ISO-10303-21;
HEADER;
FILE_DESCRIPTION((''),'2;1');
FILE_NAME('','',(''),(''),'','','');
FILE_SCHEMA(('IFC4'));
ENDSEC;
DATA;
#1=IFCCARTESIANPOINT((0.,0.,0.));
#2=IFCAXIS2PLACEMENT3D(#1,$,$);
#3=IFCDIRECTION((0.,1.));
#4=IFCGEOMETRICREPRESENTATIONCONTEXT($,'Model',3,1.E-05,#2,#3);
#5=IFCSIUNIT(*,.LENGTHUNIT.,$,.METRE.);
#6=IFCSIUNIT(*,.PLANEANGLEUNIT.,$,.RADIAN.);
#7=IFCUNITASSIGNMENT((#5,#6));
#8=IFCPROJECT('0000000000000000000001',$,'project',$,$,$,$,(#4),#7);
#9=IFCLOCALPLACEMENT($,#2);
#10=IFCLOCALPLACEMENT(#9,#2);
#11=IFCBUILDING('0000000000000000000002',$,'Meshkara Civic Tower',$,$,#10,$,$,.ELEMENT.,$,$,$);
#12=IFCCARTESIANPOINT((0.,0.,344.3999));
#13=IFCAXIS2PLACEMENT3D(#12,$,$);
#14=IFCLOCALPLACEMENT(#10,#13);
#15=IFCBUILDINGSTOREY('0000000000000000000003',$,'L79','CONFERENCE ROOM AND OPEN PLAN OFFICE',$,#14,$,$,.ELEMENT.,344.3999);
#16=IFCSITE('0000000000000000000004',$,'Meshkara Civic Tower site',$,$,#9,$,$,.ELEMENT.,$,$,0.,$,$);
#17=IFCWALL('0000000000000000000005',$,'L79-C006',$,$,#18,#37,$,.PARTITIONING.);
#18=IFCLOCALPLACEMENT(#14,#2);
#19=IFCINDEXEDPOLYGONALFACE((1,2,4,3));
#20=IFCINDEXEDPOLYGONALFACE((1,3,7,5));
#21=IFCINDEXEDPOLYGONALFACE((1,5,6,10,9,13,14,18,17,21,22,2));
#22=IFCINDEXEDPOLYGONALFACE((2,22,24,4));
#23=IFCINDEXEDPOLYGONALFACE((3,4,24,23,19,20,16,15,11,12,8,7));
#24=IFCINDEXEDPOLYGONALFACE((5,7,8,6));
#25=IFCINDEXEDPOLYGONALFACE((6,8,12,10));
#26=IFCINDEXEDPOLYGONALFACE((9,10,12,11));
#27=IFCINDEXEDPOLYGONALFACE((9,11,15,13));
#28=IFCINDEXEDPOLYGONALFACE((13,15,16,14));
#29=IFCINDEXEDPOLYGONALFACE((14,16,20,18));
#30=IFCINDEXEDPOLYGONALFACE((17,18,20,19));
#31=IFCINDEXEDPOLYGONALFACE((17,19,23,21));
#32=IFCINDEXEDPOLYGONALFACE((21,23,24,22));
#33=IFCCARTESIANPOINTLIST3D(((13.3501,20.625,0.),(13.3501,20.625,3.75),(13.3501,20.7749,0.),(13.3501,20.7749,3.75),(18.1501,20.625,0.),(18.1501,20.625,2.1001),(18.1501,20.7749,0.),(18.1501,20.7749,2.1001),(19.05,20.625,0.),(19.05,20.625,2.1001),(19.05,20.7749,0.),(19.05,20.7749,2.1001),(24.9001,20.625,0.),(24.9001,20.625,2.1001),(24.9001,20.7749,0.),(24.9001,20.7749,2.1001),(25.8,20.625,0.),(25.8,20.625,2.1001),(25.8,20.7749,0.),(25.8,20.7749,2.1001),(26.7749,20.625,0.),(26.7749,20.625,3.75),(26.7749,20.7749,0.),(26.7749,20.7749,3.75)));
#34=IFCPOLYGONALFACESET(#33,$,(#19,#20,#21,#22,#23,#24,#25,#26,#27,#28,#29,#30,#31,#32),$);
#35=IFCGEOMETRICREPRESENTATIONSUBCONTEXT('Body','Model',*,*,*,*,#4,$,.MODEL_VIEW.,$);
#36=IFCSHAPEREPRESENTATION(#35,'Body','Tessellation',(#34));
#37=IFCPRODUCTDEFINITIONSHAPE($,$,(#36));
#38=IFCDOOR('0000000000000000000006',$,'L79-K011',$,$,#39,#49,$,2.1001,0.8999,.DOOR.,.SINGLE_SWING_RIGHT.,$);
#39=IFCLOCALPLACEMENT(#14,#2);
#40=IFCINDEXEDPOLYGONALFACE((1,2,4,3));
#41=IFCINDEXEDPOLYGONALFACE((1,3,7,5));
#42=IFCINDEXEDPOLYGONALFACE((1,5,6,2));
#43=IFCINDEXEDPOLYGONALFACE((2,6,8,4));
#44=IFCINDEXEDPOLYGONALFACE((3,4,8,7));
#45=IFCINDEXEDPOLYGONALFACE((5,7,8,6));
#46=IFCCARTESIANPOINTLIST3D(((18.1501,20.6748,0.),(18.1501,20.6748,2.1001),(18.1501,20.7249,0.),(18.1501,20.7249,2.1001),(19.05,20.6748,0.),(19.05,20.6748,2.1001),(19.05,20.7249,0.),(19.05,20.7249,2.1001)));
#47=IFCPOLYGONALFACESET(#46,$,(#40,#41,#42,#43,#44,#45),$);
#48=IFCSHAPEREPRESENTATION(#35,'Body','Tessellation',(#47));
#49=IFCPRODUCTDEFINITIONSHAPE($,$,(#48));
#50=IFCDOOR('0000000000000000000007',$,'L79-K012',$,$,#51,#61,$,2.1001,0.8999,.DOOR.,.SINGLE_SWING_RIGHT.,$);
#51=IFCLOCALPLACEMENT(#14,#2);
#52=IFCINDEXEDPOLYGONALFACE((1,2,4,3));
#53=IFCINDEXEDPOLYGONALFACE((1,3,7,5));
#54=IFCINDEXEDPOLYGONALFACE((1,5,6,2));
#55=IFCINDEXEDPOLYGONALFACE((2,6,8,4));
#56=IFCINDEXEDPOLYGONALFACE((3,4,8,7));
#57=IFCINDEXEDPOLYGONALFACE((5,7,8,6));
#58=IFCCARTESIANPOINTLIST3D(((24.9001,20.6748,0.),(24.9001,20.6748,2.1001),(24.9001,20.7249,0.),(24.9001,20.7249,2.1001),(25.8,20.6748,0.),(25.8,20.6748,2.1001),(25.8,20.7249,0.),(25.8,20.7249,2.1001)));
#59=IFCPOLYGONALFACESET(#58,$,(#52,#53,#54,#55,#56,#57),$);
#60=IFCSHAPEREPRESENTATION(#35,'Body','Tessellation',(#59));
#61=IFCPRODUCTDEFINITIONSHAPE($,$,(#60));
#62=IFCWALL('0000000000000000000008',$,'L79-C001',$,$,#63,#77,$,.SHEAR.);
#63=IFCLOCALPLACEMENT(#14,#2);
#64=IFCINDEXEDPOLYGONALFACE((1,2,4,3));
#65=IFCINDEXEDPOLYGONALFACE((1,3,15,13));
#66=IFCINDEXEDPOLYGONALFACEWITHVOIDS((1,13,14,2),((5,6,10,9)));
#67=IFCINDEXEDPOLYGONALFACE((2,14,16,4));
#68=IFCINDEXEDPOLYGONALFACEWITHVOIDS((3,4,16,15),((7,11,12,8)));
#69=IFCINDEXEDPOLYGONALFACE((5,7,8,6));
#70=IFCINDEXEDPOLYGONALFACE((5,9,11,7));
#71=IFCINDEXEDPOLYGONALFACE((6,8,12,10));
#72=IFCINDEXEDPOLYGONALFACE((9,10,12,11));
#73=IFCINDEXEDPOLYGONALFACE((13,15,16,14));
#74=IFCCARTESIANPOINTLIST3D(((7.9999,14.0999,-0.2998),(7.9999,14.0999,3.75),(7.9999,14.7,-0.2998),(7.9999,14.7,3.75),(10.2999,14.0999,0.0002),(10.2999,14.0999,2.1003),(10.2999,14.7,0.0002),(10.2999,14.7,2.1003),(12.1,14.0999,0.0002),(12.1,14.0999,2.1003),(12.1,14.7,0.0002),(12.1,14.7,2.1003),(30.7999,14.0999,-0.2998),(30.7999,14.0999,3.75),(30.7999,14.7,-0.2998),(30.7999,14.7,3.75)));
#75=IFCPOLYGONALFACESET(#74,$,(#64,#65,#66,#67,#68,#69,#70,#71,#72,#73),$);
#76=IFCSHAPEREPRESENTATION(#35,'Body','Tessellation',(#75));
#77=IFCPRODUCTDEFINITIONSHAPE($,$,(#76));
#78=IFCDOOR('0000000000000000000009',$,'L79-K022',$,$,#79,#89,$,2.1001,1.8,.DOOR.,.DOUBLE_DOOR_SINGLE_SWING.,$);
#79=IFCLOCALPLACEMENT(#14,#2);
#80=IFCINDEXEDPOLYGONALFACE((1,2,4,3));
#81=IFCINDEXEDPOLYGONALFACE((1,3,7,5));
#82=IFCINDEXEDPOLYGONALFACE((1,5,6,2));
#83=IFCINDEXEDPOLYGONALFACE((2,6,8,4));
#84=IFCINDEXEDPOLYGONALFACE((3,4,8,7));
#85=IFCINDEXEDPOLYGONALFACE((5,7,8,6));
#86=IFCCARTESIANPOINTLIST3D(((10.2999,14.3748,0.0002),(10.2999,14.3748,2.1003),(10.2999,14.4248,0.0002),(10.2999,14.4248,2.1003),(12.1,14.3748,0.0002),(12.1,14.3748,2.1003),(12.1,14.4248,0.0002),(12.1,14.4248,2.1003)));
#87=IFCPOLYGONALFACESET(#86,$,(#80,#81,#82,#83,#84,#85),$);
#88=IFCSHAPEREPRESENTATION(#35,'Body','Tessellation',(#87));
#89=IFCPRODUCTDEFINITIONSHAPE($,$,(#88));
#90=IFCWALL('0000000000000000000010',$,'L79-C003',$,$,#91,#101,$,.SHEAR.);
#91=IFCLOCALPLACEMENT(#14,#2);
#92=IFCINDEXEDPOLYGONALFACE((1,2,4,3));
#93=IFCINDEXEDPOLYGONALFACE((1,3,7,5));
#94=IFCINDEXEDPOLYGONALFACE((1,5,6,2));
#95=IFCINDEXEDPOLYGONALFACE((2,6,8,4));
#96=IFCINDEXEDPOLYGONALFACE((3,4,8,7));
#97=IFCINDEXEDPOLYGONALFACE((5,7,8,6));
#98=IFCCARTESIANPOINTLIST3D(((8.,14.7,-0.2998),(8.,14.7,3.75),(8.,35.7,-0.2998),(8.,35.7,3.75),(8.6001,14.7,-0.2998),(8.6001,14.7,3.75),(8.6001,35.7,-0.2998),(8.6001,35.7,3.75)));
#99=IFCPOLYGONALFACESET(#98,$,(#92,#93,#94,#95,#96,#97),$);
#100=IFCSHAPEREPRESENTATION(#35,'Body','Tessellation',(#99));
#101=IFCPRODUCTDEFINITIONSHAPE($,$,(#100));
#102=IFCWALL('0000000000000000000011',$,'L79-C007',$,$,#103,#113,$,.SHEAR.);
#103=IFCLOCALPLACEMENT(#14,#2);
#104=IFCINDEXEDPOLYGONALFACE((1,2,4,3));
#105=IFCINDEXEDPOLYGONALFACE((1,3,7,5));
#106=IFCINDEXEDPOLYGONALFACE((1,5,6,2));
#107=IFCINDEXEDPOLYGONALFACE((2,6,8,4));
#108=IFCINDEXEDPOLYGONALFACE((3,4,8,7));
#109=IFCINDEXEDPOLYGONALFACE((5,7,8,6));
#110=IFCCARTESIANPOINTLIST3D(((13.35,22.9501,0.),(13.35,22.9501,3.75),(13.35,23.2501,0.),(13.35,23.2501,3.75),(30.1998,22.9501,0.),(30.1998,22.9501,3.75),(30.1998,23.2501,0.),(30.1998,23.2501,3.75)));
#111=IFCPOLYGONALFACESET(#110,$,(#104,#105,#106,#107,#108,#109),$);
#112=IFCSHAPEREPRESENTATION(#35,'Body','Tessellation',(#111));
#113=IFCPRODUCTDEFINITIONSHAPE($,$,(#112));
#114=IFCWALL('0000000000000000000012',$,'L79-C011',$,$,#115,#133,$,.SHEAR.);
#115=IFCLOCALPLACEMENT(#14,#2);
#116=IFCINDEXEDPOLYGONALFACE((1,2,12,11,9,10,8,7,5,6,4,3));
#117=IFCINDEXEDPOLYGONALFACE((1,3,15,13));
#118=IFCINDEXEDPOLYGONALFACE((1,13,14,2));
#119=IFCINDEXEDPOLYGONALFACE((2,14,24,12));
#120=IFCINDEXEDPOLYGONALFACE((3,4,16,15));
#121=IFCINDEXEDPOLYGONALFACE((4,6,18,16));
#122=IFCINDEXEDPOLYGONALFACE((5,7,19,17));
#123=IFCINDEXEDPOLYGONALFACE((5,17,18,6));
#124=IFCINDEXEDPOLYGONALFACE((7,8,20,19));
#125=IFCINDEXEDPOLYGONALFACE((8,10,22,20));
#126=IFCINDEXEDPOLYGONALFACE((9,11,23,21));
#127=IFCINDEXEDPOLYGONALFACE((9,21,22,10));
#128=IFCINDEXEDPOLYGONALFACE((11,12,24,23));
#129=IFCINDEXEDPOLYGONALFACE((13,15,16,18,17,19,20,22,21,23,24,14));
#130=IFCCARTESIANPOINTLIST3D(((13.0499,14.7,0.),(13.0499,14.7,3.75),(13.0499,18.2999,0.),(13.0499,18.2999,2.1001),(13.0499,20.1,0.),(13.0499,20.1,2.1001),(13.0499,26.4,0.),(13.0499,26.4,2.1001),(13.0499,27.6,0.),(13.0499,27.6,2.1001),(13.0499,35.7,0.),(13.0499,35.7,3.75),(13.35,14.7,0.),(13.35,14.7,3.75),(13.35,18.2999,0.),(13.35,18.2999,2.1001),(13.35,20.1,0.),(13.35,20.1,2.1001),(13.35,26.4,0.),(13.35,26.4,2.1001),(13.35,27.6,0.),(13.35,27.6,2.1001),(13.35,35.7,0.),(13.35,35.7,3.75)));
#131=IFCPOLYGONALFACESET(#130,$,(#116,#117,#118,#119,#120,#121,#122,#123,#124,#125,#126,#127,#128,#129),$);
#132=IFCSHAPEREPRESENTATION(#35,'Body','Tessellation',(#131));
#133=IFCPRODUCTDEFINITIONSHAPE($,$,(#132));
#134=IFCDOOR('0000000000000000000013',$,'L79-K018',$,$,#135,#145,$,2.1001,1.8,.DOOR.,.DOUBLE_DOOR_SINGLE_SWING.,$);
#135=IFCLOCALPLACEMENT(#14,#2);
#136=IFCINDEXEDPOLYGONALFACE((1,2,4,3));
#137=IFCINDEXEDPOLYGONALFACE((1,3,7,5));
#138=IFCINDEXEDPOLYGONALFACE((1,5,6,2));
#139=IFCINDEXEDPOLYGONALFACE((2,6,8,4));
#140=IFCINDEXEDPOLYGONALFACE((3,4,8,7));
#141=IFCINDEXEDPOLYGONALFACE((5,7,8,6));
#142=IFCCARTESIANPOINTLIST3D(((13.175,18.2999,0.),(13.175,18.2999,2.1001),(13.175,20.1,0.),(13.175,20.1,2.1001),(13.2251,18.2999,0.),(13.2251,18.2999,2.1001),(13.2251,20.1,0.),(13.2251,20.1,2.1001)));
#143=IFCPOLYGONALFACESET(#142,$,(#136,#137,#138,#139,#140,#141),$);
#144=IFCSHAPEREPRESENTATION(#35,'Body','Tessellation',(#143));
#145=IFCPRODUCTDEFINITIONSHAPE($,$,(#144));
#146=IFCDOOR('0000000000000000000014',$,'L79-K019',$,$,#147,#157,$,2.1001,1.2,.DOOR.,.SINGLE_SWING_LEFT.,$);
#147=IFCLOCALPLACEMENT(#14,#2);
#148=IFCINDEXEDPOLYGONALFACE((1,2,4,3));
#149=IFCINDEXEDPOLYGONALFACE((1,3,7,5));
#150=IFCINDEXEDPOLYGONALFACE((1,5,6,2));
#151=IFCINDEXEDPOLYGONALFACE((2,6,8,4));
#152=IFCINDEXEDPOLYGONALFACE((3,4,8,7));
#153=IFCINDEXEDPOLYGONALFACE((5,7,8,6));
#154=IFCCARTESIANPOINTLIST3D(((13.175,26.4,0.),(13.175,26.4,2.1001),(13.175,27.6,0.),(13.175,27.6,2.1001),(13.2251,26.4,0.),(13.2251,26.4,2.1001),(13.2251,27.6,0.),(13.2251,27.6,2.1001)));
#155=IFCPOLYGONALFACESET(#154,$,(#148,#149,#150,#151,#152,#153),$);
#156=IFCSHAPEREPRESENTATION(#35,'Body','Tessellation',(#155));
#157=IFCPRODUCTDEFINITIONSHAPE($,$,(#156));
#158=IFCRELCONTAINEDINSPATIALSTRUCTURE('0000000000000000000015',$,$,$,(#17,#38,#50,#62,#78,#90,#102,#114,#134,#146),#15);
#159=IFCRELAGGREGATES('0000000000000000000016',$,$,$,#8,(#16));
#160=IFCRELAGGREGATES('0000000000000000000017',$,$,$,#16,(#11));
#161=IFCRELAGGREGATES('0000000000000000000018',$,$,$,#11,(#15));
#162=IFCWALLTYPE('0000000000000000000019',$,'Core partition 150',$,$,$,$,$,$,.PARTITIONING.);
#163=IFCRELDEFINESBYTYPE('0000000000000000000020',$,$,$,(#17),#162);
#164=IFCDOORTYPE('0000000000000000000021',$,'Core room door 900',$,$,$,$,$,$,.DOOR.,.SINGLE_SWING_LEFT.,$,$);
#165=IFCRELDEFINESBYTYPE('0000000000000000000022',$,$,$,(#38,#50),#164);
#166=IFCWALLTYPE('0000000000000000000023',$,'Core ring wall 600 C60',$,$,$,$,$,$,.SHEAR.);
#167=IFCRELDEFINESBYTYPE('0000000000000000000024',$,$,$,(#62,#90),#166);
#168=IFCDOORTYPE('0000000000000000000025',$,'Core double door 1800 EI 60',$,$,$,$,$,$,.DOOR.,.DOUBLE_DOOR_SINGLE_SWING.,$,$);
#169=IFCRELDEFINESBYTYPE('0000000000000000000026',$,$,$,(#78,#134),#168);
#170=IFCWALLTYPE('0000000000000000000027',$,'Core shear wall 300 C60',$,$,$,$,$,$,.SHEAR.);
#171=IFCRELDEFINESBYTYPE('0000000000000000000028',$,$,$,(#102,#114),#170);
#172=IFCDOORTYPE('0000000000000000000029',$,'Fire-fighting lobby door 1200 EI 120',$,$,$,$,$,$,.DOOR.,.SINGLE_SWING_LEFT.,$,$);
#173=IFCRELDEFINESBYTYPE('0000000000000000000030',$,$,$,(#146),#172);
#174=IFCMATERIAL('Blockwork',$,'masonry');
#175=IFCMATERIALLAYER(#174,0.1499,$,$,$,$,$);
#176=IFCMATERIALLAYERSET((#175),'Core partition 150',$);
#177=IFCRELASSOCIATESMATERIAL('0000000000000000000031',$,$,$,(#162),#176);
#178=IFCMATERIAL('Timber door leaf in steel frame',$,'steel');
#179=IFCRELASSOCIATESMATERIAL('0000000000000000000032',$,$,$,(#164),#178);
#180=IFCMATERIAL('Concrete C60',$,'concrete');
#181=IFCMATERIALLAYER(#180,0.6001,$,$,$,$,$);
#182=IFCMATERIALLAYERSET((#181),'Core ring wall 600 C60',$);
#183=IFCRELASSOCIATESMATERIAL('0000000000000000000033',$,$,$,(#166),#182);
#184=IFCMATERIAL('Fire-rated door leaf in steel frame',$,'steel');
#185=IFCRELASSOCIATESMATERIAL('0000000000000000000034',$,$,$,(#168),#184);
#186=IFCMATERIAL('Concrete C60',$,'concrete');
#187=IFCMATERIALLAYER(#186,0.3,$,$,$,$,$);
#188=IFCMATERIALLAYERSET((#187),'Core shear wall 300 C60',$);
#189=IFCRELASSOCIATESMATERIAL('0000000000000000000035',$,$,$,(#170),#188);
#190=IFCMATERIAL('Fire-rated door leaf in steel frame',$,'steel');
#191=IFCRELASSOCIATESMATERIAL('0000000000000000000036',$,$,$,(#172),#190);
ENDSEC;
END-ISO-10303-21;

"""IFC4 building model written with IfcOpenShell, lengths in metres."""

from ifc_helpers import new_model, si_unit, direction, frame, frame_2d, origin, place, context, subcontext, project, spatial, rectangle, extrude, material, layer, layer_set, type_object, element, fill, save


model = new_model("IFC4")

# Units and contexts
model_context = context("Model", 3, precision=1e-05, world=origin(), true_north=direction((0.0, 1.0)))
body_context = subcontext(model_context, "Body", "Model", "MODEL_VIEW")
ifc_project = project(units=[si_unit("LENGTHUNIT", "METRE"), si_unit("PLANEANGLEUNIT", "RADIAN")], contexts=[model_context])

# Site, building, storey
site_placement = place(None, origin())
site = spatial("IfcSite", under=ifc_project, at=site_placement, Name="Meshkara Civic Tower site", CompositionType="ELEMENT", RefElevation=0.0)
building_placement = place(site_placement, origin())
building = spatial("IfcBuilding", under=site, at=building_placement, Name="Meshkara Civic Tower", CompositionType="ELEMENT")
storey_placement = place(building_placement, frame((0.0, 0.0, 344.3999)))
storey = spatial("IfcBuildingStorey", under=building, at=storey_placement, Name="L79", Description="CONFERENCE ROOM AND OPEN PLAN OFFICE", CompositionType="ELEMENT", Elevation=344.3999)

# Wall, openings, doors
ifc_material_1 = material(Name="Blockwork", Category="masonry")
ifc_layer_1 = layer(ifc_material_1, 0.1499)
ifc_layer_set_1 = layer_set([ifc_layer_1], Name="Core partition 150")
wall_type_1 = type_object("IfcWallType", Name="Core partition 150", PredefinedType="PARTITIONING", material=ifc_layer_set_1)
wall_1_placement = place(storey_placement, frame((13.3501, 20.7, 0.0), z_axis=(0.0, 0.0, 1.0), x_axis=(1.0, 0.0, 0.0)))
wall_1 = element("IfcWall", 1, at=wall_1_placement, inside=storey, type_object=wall_type_1, Name="L79-C006", PredefinedType="PARTITIONING", context=body_context, shape_type="SweptSolid", body=[
    extrude(rectangle(XDim=13.4248, YDim=0.1499, at=frame_2d((6.7124, 0.0))), origin(), (0.0, 0.0, 1.0), 3.75),
])
opening_1_placement = place(wall_1_placement, frame((4.8, 0.0, 0.0)))
opening_1 = element("IfcOpeningElement", 2, at=opening_1_placement, cuts=wall_1, PredefinedType="OPENING", context=body_context, shape_type="SweptSolid", body=[
    extrude(rectangle(XDim=0.8999, YDim=2.1001, at=frame_2d((0.45, 1.05))), frame((0.0, 0.085, 0.0), z_axis=(0.0, -1.0, 0.0), x_axis=(1.0, 0.0, 0.0)), (0.0, 0.0, 1.0), 0.1699),
])
opening_2_placement = place(wall_1_placement, frame((11.55, 0.0, 0.0)))
opening_2 = element("IfcOpeningElement", 3, at=opening_2_placement, cuts=wall_1, PredefinedType="OPENING", context=body_context, shape_type="SweptSolid", body=[
    extrude(rectangle(XDim=0.8999, YDim=2.1001, at=frame_2d((0.45, 1.05))), frame((0.0, 0.085, 0.0), z_axis=(0.0, -1.0, 0.0), x_axis=(1.0, 0.0, 0.0)), (0.0, 0.0, 1.0), 0.1699),
])
ifc_material_2 = material(Name="Timber door leaf in steel frame", Category="steel")
door_type_1 = type_object("IfcDoorType", Name="Core room door 900", OperationType="SINGLE_SWING_LEFT", PredefinedType="DOOR", material=ifc_material_2)
door_1_placement = place(opening_1_placement, origin())
door_1 = element("IfcDoor", 4, at=door_1_placement, inside=storey, type_object=door_type_1, Name="L79-K011", OperationType="SINGLE_SWING_RIGHT", OverallHeight=2.1001, OverallWidth=0.8999, PredefinedType="DOOR", context=body_context, shape_type="SweptSolid", body=[
    extrude(rectangle(XDim=0.8999, YDim=2.1001, at=frame_2d((0.45, 1.05))), frame((0.0, 0.0249, 0.0), z_axis=(0.0, -1.0, 0.0), x_axis=(1.0, 0.0, 0.0)), (0.0, 0.0, 1.0), 0.05),
])
fill(opening_1, door_1)
door_2_placement = place(opening_2_placement, origin())
door_2 = element("IfcDoor", 5, at=door_2_placement, inside=storey, type_object=door_type_1, Name="L79-K012", OperationType="SINGLE_SWING_RIGHT", OverallHeight=2.1001, OverallWidth=0.8999, PredefinedType="DOOR", context=body_context, shape_type="SweptSolid", body=[
    extrude(rectangle(XDim=0.8999, YDim=2.1001, at=frame_2d((0.45, 1.05))), frame((0.0, 0.0249, 0.0), z_axis=(0.0, -1.0, 0.0), x_axis=(1.0, 0.0, 0.0)), (0.0, 0.0, 1.0), 0.05),
])
fill(opening_2, door_2)

# Wall, opening, door
ifc_material_3 = material(Name="Concrete C60", Category="concrete")
ifc_layer_2 = layer(ifc_material_3, 0.6001)
ifc_layer_set_2 = layer_set([ifc_layer_2], Name="Core ring wall 600 C60")
wall_type_2 = type_object("IfcWallType", Name="Core ring wall 600 C60", PredefinedType="SHEAR", material=ifc_layer_set_2)
wall_2_placement = place(storey_placement, frame((8.0, 14.3999, -0.2998), z_axis=(0.0, 0.0, 1.0), x_axis=(1.0, 0.0, 0.0)))
wall_2 = element("IfcWall", 6, at=wall_2_placement, inside=storey, type_object=wall_type_2, Name="L79-C001", PredefinedType="SHEAR", context=body_context, shape_type="SweptSolid", body=[
    extrude(rectangle(XDim=22.8, YDim=0.6001, at=frame_2d((11.3999, 0.0))), origin(), (0.0, 0.0, 1.0), 4.0498),
])
opening_3_placement = place(wall_2_placement, frame((2.3, 0.0, 0.3)))
opening_3 = element("IfcOpeningElement", 7, at=opening_3_placement, cuts=wall_2, PredefinedType="OPENING", context=body_context, shape_type="SweptSolid", body=[
    extrude(rectangle(XDim=1.8, YDim=2.1001, at=frame_2d((0.8999, 1.05))), frame((0.0, 0.3101, 0.0), z_axis=(0.0, -1.0, 0.0), x_axis=(1.0, 0.0, 0.0)), (0.0, 0.0, 1.0), 0.6201),
])
ifc_material_4 = material(Name="Fire-rated door leaf in steel frame", Category="steel")
door_type_2 = type_object("IfcDoorType", Name="Core double door 1800 EI 60", OperationType="DOUBLE_DOOR_SINGLE_SWING", PredefinedType="DOOR", material=ifc_material_4)
door_3_placement = place(opening_3_placement, origin())
door_3 = element("IfcDoor", 8, at=door_3_placement, inside=storey, type_object=door_type_2, Name="L79-K022", OperationType="DOUBLE_DOOR_SINGLE_SWING", OverallHeight=2.1001, OverallWidth=1.8, PredefinedType="DOOR", context=body_context, shape_type="SweptSolid", body=[
    extrude(rectangle(XDim=1.8, YDim=2.1001, at=frame_2d((0.8999, 1.05))), frame((0.0, 0.0249, 0.0), z_axis=(0.0, -1.0, 0.0), x_axis=(1.0, 0.0, 0.0)), (0.0, 0.0, 1.0), 0.05),
])
fill(opening_3, door_3)

# Walls
wall_3_placement = place(storey_placement, frame((8.3, 14.7, -0.2998), z_axis=(0.0, 0.0, 1.0), x_axis=(0.0, 1.0, 0.0)))
element("IfcWall", 9, at=wall_3_placement, inside=storey, type_object=wall_type_2, Name="L79-C003", PredefinedType="SHEAR", context=body_context, shape_type="SweptSolid", body=[
    extrude(rectangle(XDim=21.0, YDim=0.6001, at=frame_2d((10.5, 0.0))), origin(), (0.0, 0.0, 1.0), 4.0498),
])
ifc_material_5 = material(Name="Concrete C60", Category="concrete")
ifc_layer_3 = layer(ifc_material_5, 0.3)
ifc_layer_set_3 = layer_set([ifc_layer_3], Name="Core shear wall 300 C60")
wall_type_3 = type_object("IfcWallType", Name="Core shear wall 300 C60", PredefinedType="SHEAR", material=ifc_layer_set_3)
wall_4_placement = place(storey_placement, frame((13.3501, 23.1001, 0.0), z_axis=(0.0, 0.0, 1.0), x_axis=(1.0, 0.0, 0.0)))
element("IfcWall", 10, at=wall_4_placement, inside=storey, type_object=wall_type_3, Name="L79-C007", PredefinedType="SHEAR", context=body_context, shape_type="SweptSolid", body=[
    extrude(rectangle(XDim=16.8499, YDim=0.3, at=frame_2d((8.4248, 0.0))), origin(), (0.0, 0.0, 1.0), 3.75),
])

# Wall, openings, doors
wall_5_placement = place(storey_placement, frame((13.2, 14.7, 0.0), z_axis=(0.0, 0.0, 1.0), x_axis=(0.0, 1.0, 0.0)))
wall_5 = element("IfcWall", 11, at=wall_5_placement, inside=storey, type_object=wall_type_3, Name="L79-C011", PredefinedType="SHEAR", context=body_context, shape_type="SweptSolid", body=[
    extrude(rectangle(XDim=21.0, YDim=0.3, at=frame_2d((10.5, 0.0))), origin(), (0.0, 0.0, 1.0), 3.75),
])
opening_4_placement = place(wall_5_placement, frame((3.6001, 0.0, 0.0)))
opening_4 = element("IfcOpeningElement", 12, at=opening_4_placement, cuts=wall_5, PredefinedType="OPENING", context=body_context, shape_type="SweptSolid", body=[
    extrude(rectangle(XDim=1.8, YDim=2.1001, at=frame_2d((0.8999, 1.05))), frame((0.0, 0.1599, 0.0), z_axis=(0.0, -1.0, 0.0), x_axis=(1.0, 0.0, 0.0)), (0.0, 0.0, 1.0), 0.3201),
])
opening_5_placement = place(wall_5_placement, frame((11.7, 0.0, 0.0)))
opening_5 = element("IfcOpeningElement", 13, at=opening_5_placement, cuts=wall_5, PredefinedType="OPENING", context=body_context, shape_type="SweptSolid", body=[
    extrude(rectangle(XDim=1.2, YDim=2.1001, at=frame_2d((0.6001, 1.05))), frame((0.0, 0.1599, 0.0), z_axis=(0.0, -1.0, 0.0), x_axis=(1.0, 0.0, 0.0)), (0.0, 0.0, 1.0), 0.3201),
])
door_4_placement = place(opening_4_placement, origin())
door_4 = element("IfcDoor", 14, at=door_4_placement, inside=storey, type_object=door_type_2, Name="L79-K018", OperationType="DOUBLE_DOOR_SINGLE_SWING", OverallHeight=2.1001, OverallWidth=1.8, PredefinedType="DOOR", context=body_context, shape_type="SweptSolid", body=[
    extrude(rectangle(XDim=1.8, YDim=2.1001, at=frame_2d((0.8999, 1.05))), frame((0.0, 0.0249, 0.0), z_axis=(0.0, -1.0, 0.0), x_axis=(1.0, 0.0, 0.0)), (0.0, 0.0, 1.0), 0.05),
])
fill(opening_4, door_4)
ifc_material_6 = material(Name="Fire-rated door leaf in steel frame", Category="steel")
door_type_3 = type_object("IfcDoorType", Name="Fire-fighting lobby door 1200 EI 120", OperationType="SINGLE_SWING_LEFT", PredefinedType="DOOR", material=ifc_material_6)
door_5_placement = place(opening_5_placement, origin())
door_5 = element("IfcDoor", 15, at=door_5_placement, inside=storey, type_object=door_type_3, Name="L79-K019", OperationType="SINGLE_SWING_LEFT", OverallHeight=2.1001, OverallWidth=1.2, PredefinedType="DOOR", context=body_context, shape_type="SweptSolid", body=[
    extrude(rectangle(XDim=1.2, YDim=2.1001, at=frame_2d((0.6001, 1.05))), frame((0.0, 0.0249, 0.0), z_axis=(0.0, -1.0, 0.0), x_axis=(1.0, 0.0, 0.0)), (0.0, 0.0, 1.0), 0.05),
])
fill(opening_5, door_5)

save(model, "model.ifc")
